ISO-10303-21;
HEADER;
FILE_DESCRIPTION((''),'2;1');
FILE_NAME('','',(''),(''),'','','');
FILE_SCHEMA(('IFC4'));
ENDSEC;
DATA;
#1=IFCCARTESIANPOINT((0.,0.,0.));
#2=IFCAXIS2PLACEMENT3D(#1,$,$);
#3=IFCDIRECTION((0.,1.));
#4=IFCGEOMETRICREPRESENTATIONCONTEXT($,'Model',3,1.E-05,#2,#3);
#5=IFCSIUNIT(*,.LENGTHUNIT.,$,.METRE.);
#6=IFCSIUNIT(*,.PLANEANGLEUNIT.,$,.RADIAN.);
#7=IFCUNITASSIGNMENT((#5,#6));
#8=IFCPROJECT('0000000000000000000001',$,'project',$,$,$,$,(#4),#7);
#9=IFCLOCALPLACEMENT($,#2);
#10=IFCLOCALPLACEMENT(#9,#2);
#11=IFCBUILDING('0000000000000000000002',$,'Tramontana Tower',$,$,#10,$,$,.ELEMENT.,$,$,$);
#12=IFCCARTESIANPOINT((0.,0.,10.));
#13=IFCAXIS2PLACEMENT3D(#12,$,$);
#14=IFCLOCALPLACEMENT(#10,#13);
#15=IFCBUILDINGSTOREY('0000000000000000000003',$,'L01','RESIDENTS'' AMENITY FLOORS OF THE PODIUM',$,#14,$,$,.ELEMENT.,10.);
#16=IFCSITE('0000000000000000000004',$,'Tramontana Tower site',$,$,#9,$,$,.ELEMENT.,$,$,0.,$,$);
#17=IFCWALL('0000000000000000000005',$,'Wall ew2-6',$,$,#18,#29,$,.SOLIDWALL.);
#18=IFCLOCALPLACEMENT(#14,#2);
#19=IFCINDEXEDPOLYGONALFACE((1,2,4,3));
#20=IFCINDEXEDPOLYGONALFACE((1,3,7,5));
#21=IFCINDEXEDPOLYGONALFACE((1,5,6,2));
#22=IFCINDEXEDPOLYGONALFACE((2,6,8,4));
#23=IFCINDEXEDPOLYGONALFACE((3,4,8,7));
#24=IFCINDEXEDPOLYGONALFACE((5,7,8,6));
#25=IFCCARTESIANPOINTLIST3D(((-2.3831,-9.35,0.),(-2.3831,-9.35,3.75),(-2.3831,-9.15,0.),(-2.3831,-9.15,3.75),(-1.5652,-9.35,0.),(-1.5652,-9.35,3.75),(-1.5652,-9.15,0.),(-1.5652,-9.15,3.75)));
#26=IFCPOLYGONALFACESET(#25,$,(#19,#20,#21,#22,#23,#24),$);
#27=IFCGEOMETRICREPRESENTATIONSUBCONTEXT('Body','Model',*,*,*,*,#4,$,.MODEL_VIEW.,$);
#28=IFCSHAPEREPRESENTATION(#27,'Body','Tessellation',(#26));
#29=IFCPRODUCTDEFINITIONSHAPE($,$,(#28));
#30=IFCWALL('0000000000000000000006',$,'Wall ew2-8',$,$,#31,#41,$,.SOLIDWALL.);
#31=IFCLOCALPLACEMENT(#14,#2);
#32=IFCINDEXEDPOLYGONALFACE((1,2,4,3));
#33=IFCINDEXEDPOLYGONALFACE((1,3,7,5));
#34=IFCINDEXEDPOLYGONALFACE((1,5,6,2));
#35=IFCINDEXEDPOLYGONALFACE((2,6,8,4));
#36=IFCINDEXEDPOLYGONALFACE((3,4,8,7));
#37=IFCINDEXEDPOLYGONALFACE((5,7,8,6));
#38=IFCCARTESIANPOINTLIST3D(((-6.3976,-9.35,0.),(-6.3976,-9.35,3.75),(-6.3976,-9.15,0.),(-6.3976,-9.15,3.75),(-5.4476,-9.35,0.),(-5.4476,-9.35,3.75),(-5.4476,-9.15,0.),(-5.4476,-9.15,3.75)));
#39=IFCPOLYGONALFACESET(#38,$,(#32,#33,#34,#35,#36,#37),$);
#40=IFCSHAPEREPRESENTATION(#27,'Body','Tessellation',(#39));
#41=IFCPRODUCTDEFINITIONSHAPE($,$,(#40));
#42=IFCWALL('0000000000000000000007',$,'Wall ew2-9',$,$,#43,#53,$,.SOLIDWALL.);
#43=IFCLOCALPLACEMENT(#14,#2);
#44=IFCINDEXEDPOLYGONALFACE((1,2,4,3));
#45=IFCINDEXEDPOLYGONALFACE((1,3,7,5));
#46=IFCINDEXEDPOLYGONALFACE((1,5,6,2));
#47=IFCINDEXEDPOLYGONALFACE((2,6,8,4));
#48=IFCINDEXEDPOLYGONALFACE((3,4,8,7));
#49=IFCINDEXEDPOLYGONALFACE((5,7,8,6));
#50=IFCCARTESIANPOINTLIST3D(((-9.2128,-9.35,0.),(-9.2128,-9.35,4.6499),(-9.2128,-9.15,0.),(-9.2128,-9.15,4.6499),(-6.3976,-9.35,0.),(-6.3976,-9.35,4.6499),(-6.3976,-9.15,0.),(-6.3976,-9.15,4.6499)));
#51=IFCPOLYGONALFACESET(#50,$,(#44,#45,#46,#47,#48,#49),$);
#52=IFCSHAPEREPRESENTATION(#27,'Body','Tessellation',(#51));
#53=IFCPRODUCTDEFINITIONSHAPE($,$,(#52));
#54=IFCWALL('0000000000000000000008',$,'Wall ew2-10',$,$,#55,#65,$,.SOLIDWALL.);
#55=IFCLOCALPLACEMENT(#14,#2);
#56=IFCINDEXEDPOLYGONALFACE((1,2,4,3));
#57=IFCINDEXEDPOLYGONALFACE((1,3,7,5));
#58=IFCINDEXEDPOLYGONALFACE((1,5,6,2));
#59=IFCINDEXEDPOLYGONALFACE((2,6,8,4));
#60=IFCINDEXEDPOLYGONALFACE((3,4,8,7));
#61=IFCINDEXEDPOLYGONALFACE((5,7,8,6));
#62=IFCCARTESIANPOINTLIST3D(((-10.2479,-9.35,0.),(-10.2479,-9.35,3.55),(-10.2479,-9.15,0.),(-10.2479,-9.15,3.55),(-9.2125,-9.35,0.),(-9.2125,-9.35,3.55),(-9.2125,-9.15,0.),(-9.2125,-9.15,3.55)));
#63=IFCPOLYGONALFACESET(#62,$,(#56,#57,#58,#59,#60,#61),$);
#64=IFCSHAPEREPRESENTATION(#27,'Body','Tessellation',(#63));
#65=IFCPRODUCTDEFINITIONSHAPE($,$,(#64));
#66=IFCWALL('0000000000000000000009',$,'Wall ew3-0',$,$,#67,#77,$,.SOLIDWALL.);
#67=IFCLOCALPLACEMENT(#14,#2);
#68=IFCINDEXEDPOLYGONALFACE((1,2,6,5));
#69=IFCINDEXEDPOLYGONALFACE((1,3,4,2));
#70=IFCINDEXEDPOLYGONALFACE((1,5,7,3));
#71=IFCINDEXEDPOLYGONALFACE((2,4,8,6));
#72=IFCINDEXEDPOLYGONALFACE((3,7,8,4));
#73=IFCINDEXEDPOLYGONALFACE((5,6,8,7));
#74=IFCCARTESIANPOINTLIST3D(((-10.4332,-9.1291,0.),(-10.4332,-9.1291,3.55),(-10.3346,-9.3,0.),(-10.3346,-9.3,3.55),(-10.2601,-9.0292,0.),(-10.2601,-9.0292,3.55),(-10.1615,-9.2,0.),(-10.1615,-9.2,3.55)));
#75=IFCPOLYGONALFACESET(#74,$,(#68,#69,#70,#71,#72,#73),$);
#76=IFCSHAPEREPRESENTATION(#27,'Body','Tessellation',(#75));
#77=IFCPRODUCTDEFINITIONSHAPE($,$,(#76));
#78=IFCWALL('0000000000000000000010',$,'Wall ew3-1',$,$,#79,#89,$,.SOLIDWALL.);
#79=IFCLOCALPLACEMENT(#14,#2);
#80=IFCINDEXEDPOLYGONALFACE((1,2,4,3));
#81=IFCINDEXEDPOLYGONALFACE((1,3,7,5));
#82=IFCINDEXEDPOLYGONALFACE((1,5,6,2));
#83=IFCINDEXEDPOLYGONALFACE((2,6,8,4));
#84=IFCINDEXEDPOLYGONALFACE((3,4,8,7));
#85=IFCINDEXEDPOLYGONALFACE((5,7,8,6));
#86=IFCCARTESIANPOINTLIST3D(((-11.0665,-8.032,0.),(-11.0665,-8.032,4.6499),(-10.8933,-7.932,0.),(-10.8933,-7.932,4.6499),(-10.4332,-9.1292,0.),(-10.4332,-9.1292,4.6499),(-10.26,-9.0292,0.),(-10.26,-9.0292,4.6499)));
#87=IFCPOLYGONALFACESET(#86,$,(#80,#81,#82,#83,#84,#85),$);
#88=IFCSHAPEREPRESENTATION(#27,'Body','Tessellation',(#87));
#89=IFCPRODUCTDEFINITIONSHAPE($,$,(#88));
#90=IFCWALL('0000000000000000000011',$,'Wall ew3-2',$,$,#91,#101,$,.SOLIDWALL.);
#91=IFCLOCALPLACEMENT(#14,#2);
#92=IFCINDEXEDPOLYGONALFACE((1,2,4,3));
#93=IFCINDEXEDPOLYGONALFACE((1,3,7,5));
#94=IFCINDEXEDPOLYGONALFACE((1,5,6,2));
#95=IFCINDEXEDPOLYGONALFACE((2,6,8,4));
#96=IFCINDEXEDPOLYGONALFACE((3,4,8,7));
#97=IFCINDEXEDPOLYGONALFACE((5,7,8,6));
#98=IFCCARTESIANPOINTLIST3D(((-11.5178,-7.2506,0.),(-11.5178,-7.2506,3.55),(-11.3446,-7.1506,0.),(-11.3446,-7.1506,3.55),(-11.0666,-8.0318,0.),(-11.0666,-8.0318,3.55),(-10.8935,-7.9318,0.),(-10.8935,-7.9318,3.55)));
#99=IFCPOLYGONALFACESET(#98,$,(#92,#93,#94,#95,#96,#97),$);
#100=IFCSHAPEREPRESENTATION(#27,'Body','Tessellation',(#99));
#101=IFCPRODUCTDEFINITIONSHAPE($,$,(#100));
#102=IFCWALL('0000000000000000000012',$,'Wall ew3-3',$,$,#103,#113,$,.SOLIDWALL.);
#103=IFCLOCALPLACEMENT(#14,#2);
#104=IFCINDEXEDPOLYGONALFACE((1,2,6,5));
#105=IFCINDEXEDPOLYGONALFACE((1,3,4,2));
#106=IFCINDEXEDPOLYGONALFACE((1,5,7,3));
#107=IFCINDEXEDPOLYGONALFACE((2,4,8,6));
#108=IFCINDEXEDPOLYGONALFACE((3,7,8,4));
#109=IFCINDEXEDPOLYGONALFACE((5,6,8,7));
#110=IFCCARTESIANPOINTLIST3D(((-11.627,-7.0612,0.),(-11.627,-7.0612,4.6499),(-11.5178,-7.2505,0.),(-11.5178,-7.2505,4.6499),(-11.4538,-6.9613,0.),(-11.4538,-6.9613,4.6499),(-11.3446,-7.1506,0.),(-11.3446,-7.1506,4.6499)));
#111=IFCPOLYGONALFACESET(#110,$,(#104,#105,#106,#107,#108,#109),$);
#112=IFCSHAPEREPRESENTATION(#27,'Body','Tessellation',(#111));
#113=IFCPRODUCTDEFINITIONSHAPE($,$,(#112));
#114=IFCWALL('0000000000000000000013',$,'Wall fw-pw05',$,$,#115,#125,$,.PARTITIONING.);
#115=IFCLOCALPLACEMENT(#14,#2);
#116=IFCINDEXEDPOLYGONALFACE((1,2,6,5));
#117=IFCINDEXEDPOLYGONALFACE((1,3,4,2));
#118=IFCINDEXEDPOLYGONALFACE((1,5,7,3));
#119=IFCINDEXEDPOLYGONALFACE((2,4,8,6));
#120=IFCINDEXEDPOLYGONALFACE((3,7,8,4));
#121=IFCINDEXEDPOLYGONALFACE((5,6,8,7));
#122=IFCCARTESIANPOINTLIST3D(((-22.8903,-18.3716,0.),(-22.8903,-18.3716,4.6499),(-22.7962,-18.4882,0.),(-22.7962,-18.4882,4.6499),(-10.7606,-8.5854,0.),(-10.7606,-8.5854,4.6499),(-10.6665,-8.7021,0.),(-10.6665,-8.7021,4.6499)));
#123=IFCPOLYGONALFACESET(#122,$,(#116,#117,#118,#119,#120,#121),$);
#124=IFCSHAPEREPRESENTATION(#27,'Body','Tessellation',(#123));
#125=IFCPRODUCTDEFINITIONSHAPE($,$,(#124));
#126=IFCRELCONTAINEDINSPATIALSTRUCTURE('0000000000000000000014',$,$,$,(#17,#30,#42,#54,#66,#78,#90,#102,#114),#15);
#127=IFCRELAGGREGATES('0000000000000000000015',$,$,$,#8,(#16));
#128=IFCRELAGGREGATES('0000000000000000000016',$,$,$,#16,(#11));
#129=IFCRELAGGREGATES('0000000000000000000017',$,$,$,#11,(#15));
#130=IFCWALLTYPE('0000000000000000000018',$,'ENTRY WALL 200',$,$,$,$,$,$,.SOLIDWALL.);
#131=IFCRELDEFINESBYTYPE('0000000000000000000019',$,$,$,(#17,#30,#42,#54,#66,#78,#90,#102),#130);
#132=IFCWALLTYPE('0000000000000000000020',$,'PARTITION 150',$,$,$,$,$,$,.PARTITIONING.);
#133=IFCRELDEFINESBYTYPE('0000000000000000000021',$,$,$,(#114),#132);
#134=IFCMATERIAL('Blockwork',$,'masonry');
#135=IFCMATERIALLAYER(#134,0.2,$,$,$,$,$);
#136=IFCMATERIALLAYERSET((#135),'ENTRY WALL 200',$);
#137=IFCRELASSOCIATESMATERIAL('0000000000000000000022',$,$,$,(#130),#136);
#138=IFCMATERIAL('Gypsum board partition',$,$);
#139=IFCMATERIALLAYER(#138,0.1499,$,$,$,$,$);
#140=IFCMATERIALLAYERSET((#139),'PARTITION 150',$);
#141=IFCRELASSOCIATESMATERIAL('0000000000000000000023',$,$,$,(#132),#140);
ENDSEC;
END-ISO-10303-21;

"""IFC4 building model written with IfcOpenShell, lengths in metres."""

from ifc_helpers import new_model, si_unit, direction, frame, frame_2d, origin, place, context, subcontext, project, spatial, rectangle, extrude, material, layer, layer_set, type_object, element, save


model = new_model("IFC4")

# Units and contexts
model_context = context("Model", 3, precision=1e-05, world=origin(), true_north=direction((0.0, 1.0)))
body_context = subcontext(model_context, "Body", "Model", "MODEL_VIEW")
ifc_project = project(units=[si_unit("LENGTHUNIT", "METRE"), si_unit("PLANEANGLEUNIT", "RADIAN")], contexts=[model_context])

# Site, building, storey
site_placement = place(None, origin())
site = spatial("IfcSite", under=ifc_project, at=site_placement, Name="Tramontana Tower site", CompositionType="ELEMENT", RefElevation=0.0)
building_placement = place(site_placement, origin())
building = spatial("IfcBuilding", under=site, at=building_placement, Name="Tramontana Tower", CompositionType="ELEMENT")
storey_placement = place(building_placement, frame((0.0, 0.0, 10.0)))
storey = spatial("IfcBuildingStorey", under=building, at=storey_placement, Name="L01", Description="RESIDENTS' AMENITY FLOORS OF THE PODIUM", CompositionType="ELEMENT", Elevation=10.0)

# Wall
ifc_material_1 = material(Name="Blockwork", Category="masonry")
ifc_layer_1 = layer(ifc_material_1, 0.2)
ifc_layer_set_1 = layer_set([ifc_layer_1], Name="ENTRY WALL 200")
wall_type_1 = type_object("IfcWallType", Name="ENTRY WALL 200", PredefinedType="SOLIDWALL", material=ifc_layer_set_1)
wall_1_placement = place(storey_placement, frame((-1.5652, -9.25, 0.0), z_axis=(0.0, 0.0, 1.0), x_axis=(-1.0, 0.0, 0.0)))
element("IfcWall", 1, at=wall_1_placement, inside=storey, type_object=wall_type_1, Name="Wall ew2-6", PredefinedType="SOLIDWALL", context=body_context, shape_type="SweptSolid", body=[
    extrude(rectangle(XDim=0.8179, YDim=0.2, at=frame_2d((0.4089, 0.0))), origin(), (0.0, 0.0, 1.0), 3.75),
])

# Walls
wall_2_placement = place(storey_placement, frame((-5.4475, -9.25, 0.0), z_axis=(0.0, 0.0, 1.0), x_axis=(-1.0, 0.0, 0.0)))
element("IfcWall", 2, at=wall_2_placement, inside=storey, type_object=wall_type_1, Name="Wall ew2-8", PredefinedType="SOLIDWALL", context=body_context, shape_type="SweptSolid", body=[
    extrude(rectangle(XDim=0.95, YDim=0.2, at=frame_2d((0.4751, 0.0))), origin(), (0.0, 0.0, 1.0), 3.75),
])
wall_3_placement = place(storey_placement, frame((-6.3975, -9.25, 0.0), z_axis=(0.0, 0.0, 1.0), x_axis=(-1.0, 0.0, 0.0)))
element("IfcWall", 3, at=wall_3_placement, inside=storey, type_object=wall_type_1, Name="Wall ew2-9", PredefinedType="SOLIDWALL", context=body_context, shape_type="SweptSolid", body=[
    extrude(rectangle(XDim=2.8152, YDim=0.2, at=frame_2d((1.4077, 0.0))), origin(), (0.0, 0.0, 1.0), 4.6499),
])
wall_4_placement = place(storey_placement, frame((-9.2126, -9.25, 0.0), z_axis=(0.0, 0.0, 1.0), x_axis=(-1.0, 0.0, 0.0)))
element("IfcWall", 4, at=wall_4_placement, inside=storey, type_object=wall_type_1, Name="Wall ew2-10", PredefinedType="SOLIDWALL", context=body_context, shape_type="SweptSolid", body=[
    extrude(rectangle(XDim=1.0354, YDim=0.2, at=frame_2d((0.5176, 0.0))), origin(), (0.0, 0.0, 1.0), 3.55),
])
wall_5_placement = place(storey_placement, frame((-10.248, -9.25, 0.0), z_axis=(0.0, 0.0, 1.0), x_axis=(-0.499865, 0.866103, 0.0)))
element("IfcWall", 5, at=wall_5_placement, inside=storey, type_object=wall_type_1, Name="Wall ew3-0", PredefinedType="SOLIDWALL", context=body_context, shape_type="SweptSolid", body=[
    extrude(rectangle(XDim=0.1973, YDim=0.2, at=frame_2d((0.0986, 0.0))), origin(), (0.0, 0.0, 1.0), 3.55),
])
wall_6_placement = place(storey_placement, frame((-10.3467, -9.0791, 0.0), z_axis=(0.0, 0.0, 1.0), x_axis=(-0.499912, 0.866076, 0.0)))
element("IfcWall", 6, at=wall_6_placement, inside=storey, type_object=wall_type_1, Name="Wall ew3-1", PredefinedType="SOLIDWALL", context=body_context, shape_type="SweptSolid", body=[
    extrude(rectangle(XDim=1.2668, YDim=0.2, at=frame_2d((0.6333, 0.0))), origin(), (0.0, 0.0, 1.0), 4.6499),
])
wall_7_placement = place(storey_placement, frame((-10.98, -7.9819, 0.0), z_axis=(0.0, 0.0, 1.0), x_axis=(-0.500097, 0.865969, 0.0)))
element("IfcWall", 7, at=wall_7_placement, inside=storey, type_object=wall_type_1, Name="Wall ew3-2", PredefinedType="SOLIDWALL", context=body_context, shape_type="SweptSolid", body=[
    extrude(rectangle(XDim=0.9021, YDim=0.2, at=frame_2d((0.4512, 0.0))), origin(), (0.0, 0.0, 1.0), 3.55),
])
wall_8_placement = place(storey_placement, frame((-11.4312, -7.2007, 0.0), z_axis=(0.0, 0.0, 1.0), x_axis=(-0.499626, 0.866241, 0.0)))
element("IfcWall", 8, at=wall_8_placement, inside=storey, type_object=wall_type_1, Name="Wall ew3-3", PredefinedType="SOLIDWALL", context=body_context, shape_type="SweptSolid", body=[
    extrude(rectangle(XDim=0.2185, YDim=0.2, at=frame_2d((0.1094, 0.0))), origin(), (0.0, 0.0, 1.0), 4.6499),
])
ifc_material_2 = material(Name="Gypsum board partition")
ifc_layer_2 = layer(ifc_material_2, 0.1499)
ifc_layer_set_2 = layer_set([ifc_layer_2], Name="PARTITION 150")
wall_type_2 = type_object("IfcWallType", Name="PARTITION 150", PredefinedType="PARTITIONING", material=ifc_layer_set_2)
wall_9_placement = place(storey_placement, frame((-10.7136, -8.6438, 0.0), z_axis=(0.0, 0.0, 1.0), x_axis=(-0.778282, -0.627914, 0.0)))
element("IfcWall", 9, at=wall_9_placement, inside=storey, type_object=wall_type_2, Name="Wall fw-pw05", PredefinedType="PARTITIONING", context=body_context, shape_type="SweptSolid", body=[
    extrude(rectangle(XDim=15.5852, YDim=0.1499, at=frame_2d((7.7925, 0.0))), origin(), (0.0, 0.0, 1.0), 4.6499),
])

save(model, "model.ifc")
